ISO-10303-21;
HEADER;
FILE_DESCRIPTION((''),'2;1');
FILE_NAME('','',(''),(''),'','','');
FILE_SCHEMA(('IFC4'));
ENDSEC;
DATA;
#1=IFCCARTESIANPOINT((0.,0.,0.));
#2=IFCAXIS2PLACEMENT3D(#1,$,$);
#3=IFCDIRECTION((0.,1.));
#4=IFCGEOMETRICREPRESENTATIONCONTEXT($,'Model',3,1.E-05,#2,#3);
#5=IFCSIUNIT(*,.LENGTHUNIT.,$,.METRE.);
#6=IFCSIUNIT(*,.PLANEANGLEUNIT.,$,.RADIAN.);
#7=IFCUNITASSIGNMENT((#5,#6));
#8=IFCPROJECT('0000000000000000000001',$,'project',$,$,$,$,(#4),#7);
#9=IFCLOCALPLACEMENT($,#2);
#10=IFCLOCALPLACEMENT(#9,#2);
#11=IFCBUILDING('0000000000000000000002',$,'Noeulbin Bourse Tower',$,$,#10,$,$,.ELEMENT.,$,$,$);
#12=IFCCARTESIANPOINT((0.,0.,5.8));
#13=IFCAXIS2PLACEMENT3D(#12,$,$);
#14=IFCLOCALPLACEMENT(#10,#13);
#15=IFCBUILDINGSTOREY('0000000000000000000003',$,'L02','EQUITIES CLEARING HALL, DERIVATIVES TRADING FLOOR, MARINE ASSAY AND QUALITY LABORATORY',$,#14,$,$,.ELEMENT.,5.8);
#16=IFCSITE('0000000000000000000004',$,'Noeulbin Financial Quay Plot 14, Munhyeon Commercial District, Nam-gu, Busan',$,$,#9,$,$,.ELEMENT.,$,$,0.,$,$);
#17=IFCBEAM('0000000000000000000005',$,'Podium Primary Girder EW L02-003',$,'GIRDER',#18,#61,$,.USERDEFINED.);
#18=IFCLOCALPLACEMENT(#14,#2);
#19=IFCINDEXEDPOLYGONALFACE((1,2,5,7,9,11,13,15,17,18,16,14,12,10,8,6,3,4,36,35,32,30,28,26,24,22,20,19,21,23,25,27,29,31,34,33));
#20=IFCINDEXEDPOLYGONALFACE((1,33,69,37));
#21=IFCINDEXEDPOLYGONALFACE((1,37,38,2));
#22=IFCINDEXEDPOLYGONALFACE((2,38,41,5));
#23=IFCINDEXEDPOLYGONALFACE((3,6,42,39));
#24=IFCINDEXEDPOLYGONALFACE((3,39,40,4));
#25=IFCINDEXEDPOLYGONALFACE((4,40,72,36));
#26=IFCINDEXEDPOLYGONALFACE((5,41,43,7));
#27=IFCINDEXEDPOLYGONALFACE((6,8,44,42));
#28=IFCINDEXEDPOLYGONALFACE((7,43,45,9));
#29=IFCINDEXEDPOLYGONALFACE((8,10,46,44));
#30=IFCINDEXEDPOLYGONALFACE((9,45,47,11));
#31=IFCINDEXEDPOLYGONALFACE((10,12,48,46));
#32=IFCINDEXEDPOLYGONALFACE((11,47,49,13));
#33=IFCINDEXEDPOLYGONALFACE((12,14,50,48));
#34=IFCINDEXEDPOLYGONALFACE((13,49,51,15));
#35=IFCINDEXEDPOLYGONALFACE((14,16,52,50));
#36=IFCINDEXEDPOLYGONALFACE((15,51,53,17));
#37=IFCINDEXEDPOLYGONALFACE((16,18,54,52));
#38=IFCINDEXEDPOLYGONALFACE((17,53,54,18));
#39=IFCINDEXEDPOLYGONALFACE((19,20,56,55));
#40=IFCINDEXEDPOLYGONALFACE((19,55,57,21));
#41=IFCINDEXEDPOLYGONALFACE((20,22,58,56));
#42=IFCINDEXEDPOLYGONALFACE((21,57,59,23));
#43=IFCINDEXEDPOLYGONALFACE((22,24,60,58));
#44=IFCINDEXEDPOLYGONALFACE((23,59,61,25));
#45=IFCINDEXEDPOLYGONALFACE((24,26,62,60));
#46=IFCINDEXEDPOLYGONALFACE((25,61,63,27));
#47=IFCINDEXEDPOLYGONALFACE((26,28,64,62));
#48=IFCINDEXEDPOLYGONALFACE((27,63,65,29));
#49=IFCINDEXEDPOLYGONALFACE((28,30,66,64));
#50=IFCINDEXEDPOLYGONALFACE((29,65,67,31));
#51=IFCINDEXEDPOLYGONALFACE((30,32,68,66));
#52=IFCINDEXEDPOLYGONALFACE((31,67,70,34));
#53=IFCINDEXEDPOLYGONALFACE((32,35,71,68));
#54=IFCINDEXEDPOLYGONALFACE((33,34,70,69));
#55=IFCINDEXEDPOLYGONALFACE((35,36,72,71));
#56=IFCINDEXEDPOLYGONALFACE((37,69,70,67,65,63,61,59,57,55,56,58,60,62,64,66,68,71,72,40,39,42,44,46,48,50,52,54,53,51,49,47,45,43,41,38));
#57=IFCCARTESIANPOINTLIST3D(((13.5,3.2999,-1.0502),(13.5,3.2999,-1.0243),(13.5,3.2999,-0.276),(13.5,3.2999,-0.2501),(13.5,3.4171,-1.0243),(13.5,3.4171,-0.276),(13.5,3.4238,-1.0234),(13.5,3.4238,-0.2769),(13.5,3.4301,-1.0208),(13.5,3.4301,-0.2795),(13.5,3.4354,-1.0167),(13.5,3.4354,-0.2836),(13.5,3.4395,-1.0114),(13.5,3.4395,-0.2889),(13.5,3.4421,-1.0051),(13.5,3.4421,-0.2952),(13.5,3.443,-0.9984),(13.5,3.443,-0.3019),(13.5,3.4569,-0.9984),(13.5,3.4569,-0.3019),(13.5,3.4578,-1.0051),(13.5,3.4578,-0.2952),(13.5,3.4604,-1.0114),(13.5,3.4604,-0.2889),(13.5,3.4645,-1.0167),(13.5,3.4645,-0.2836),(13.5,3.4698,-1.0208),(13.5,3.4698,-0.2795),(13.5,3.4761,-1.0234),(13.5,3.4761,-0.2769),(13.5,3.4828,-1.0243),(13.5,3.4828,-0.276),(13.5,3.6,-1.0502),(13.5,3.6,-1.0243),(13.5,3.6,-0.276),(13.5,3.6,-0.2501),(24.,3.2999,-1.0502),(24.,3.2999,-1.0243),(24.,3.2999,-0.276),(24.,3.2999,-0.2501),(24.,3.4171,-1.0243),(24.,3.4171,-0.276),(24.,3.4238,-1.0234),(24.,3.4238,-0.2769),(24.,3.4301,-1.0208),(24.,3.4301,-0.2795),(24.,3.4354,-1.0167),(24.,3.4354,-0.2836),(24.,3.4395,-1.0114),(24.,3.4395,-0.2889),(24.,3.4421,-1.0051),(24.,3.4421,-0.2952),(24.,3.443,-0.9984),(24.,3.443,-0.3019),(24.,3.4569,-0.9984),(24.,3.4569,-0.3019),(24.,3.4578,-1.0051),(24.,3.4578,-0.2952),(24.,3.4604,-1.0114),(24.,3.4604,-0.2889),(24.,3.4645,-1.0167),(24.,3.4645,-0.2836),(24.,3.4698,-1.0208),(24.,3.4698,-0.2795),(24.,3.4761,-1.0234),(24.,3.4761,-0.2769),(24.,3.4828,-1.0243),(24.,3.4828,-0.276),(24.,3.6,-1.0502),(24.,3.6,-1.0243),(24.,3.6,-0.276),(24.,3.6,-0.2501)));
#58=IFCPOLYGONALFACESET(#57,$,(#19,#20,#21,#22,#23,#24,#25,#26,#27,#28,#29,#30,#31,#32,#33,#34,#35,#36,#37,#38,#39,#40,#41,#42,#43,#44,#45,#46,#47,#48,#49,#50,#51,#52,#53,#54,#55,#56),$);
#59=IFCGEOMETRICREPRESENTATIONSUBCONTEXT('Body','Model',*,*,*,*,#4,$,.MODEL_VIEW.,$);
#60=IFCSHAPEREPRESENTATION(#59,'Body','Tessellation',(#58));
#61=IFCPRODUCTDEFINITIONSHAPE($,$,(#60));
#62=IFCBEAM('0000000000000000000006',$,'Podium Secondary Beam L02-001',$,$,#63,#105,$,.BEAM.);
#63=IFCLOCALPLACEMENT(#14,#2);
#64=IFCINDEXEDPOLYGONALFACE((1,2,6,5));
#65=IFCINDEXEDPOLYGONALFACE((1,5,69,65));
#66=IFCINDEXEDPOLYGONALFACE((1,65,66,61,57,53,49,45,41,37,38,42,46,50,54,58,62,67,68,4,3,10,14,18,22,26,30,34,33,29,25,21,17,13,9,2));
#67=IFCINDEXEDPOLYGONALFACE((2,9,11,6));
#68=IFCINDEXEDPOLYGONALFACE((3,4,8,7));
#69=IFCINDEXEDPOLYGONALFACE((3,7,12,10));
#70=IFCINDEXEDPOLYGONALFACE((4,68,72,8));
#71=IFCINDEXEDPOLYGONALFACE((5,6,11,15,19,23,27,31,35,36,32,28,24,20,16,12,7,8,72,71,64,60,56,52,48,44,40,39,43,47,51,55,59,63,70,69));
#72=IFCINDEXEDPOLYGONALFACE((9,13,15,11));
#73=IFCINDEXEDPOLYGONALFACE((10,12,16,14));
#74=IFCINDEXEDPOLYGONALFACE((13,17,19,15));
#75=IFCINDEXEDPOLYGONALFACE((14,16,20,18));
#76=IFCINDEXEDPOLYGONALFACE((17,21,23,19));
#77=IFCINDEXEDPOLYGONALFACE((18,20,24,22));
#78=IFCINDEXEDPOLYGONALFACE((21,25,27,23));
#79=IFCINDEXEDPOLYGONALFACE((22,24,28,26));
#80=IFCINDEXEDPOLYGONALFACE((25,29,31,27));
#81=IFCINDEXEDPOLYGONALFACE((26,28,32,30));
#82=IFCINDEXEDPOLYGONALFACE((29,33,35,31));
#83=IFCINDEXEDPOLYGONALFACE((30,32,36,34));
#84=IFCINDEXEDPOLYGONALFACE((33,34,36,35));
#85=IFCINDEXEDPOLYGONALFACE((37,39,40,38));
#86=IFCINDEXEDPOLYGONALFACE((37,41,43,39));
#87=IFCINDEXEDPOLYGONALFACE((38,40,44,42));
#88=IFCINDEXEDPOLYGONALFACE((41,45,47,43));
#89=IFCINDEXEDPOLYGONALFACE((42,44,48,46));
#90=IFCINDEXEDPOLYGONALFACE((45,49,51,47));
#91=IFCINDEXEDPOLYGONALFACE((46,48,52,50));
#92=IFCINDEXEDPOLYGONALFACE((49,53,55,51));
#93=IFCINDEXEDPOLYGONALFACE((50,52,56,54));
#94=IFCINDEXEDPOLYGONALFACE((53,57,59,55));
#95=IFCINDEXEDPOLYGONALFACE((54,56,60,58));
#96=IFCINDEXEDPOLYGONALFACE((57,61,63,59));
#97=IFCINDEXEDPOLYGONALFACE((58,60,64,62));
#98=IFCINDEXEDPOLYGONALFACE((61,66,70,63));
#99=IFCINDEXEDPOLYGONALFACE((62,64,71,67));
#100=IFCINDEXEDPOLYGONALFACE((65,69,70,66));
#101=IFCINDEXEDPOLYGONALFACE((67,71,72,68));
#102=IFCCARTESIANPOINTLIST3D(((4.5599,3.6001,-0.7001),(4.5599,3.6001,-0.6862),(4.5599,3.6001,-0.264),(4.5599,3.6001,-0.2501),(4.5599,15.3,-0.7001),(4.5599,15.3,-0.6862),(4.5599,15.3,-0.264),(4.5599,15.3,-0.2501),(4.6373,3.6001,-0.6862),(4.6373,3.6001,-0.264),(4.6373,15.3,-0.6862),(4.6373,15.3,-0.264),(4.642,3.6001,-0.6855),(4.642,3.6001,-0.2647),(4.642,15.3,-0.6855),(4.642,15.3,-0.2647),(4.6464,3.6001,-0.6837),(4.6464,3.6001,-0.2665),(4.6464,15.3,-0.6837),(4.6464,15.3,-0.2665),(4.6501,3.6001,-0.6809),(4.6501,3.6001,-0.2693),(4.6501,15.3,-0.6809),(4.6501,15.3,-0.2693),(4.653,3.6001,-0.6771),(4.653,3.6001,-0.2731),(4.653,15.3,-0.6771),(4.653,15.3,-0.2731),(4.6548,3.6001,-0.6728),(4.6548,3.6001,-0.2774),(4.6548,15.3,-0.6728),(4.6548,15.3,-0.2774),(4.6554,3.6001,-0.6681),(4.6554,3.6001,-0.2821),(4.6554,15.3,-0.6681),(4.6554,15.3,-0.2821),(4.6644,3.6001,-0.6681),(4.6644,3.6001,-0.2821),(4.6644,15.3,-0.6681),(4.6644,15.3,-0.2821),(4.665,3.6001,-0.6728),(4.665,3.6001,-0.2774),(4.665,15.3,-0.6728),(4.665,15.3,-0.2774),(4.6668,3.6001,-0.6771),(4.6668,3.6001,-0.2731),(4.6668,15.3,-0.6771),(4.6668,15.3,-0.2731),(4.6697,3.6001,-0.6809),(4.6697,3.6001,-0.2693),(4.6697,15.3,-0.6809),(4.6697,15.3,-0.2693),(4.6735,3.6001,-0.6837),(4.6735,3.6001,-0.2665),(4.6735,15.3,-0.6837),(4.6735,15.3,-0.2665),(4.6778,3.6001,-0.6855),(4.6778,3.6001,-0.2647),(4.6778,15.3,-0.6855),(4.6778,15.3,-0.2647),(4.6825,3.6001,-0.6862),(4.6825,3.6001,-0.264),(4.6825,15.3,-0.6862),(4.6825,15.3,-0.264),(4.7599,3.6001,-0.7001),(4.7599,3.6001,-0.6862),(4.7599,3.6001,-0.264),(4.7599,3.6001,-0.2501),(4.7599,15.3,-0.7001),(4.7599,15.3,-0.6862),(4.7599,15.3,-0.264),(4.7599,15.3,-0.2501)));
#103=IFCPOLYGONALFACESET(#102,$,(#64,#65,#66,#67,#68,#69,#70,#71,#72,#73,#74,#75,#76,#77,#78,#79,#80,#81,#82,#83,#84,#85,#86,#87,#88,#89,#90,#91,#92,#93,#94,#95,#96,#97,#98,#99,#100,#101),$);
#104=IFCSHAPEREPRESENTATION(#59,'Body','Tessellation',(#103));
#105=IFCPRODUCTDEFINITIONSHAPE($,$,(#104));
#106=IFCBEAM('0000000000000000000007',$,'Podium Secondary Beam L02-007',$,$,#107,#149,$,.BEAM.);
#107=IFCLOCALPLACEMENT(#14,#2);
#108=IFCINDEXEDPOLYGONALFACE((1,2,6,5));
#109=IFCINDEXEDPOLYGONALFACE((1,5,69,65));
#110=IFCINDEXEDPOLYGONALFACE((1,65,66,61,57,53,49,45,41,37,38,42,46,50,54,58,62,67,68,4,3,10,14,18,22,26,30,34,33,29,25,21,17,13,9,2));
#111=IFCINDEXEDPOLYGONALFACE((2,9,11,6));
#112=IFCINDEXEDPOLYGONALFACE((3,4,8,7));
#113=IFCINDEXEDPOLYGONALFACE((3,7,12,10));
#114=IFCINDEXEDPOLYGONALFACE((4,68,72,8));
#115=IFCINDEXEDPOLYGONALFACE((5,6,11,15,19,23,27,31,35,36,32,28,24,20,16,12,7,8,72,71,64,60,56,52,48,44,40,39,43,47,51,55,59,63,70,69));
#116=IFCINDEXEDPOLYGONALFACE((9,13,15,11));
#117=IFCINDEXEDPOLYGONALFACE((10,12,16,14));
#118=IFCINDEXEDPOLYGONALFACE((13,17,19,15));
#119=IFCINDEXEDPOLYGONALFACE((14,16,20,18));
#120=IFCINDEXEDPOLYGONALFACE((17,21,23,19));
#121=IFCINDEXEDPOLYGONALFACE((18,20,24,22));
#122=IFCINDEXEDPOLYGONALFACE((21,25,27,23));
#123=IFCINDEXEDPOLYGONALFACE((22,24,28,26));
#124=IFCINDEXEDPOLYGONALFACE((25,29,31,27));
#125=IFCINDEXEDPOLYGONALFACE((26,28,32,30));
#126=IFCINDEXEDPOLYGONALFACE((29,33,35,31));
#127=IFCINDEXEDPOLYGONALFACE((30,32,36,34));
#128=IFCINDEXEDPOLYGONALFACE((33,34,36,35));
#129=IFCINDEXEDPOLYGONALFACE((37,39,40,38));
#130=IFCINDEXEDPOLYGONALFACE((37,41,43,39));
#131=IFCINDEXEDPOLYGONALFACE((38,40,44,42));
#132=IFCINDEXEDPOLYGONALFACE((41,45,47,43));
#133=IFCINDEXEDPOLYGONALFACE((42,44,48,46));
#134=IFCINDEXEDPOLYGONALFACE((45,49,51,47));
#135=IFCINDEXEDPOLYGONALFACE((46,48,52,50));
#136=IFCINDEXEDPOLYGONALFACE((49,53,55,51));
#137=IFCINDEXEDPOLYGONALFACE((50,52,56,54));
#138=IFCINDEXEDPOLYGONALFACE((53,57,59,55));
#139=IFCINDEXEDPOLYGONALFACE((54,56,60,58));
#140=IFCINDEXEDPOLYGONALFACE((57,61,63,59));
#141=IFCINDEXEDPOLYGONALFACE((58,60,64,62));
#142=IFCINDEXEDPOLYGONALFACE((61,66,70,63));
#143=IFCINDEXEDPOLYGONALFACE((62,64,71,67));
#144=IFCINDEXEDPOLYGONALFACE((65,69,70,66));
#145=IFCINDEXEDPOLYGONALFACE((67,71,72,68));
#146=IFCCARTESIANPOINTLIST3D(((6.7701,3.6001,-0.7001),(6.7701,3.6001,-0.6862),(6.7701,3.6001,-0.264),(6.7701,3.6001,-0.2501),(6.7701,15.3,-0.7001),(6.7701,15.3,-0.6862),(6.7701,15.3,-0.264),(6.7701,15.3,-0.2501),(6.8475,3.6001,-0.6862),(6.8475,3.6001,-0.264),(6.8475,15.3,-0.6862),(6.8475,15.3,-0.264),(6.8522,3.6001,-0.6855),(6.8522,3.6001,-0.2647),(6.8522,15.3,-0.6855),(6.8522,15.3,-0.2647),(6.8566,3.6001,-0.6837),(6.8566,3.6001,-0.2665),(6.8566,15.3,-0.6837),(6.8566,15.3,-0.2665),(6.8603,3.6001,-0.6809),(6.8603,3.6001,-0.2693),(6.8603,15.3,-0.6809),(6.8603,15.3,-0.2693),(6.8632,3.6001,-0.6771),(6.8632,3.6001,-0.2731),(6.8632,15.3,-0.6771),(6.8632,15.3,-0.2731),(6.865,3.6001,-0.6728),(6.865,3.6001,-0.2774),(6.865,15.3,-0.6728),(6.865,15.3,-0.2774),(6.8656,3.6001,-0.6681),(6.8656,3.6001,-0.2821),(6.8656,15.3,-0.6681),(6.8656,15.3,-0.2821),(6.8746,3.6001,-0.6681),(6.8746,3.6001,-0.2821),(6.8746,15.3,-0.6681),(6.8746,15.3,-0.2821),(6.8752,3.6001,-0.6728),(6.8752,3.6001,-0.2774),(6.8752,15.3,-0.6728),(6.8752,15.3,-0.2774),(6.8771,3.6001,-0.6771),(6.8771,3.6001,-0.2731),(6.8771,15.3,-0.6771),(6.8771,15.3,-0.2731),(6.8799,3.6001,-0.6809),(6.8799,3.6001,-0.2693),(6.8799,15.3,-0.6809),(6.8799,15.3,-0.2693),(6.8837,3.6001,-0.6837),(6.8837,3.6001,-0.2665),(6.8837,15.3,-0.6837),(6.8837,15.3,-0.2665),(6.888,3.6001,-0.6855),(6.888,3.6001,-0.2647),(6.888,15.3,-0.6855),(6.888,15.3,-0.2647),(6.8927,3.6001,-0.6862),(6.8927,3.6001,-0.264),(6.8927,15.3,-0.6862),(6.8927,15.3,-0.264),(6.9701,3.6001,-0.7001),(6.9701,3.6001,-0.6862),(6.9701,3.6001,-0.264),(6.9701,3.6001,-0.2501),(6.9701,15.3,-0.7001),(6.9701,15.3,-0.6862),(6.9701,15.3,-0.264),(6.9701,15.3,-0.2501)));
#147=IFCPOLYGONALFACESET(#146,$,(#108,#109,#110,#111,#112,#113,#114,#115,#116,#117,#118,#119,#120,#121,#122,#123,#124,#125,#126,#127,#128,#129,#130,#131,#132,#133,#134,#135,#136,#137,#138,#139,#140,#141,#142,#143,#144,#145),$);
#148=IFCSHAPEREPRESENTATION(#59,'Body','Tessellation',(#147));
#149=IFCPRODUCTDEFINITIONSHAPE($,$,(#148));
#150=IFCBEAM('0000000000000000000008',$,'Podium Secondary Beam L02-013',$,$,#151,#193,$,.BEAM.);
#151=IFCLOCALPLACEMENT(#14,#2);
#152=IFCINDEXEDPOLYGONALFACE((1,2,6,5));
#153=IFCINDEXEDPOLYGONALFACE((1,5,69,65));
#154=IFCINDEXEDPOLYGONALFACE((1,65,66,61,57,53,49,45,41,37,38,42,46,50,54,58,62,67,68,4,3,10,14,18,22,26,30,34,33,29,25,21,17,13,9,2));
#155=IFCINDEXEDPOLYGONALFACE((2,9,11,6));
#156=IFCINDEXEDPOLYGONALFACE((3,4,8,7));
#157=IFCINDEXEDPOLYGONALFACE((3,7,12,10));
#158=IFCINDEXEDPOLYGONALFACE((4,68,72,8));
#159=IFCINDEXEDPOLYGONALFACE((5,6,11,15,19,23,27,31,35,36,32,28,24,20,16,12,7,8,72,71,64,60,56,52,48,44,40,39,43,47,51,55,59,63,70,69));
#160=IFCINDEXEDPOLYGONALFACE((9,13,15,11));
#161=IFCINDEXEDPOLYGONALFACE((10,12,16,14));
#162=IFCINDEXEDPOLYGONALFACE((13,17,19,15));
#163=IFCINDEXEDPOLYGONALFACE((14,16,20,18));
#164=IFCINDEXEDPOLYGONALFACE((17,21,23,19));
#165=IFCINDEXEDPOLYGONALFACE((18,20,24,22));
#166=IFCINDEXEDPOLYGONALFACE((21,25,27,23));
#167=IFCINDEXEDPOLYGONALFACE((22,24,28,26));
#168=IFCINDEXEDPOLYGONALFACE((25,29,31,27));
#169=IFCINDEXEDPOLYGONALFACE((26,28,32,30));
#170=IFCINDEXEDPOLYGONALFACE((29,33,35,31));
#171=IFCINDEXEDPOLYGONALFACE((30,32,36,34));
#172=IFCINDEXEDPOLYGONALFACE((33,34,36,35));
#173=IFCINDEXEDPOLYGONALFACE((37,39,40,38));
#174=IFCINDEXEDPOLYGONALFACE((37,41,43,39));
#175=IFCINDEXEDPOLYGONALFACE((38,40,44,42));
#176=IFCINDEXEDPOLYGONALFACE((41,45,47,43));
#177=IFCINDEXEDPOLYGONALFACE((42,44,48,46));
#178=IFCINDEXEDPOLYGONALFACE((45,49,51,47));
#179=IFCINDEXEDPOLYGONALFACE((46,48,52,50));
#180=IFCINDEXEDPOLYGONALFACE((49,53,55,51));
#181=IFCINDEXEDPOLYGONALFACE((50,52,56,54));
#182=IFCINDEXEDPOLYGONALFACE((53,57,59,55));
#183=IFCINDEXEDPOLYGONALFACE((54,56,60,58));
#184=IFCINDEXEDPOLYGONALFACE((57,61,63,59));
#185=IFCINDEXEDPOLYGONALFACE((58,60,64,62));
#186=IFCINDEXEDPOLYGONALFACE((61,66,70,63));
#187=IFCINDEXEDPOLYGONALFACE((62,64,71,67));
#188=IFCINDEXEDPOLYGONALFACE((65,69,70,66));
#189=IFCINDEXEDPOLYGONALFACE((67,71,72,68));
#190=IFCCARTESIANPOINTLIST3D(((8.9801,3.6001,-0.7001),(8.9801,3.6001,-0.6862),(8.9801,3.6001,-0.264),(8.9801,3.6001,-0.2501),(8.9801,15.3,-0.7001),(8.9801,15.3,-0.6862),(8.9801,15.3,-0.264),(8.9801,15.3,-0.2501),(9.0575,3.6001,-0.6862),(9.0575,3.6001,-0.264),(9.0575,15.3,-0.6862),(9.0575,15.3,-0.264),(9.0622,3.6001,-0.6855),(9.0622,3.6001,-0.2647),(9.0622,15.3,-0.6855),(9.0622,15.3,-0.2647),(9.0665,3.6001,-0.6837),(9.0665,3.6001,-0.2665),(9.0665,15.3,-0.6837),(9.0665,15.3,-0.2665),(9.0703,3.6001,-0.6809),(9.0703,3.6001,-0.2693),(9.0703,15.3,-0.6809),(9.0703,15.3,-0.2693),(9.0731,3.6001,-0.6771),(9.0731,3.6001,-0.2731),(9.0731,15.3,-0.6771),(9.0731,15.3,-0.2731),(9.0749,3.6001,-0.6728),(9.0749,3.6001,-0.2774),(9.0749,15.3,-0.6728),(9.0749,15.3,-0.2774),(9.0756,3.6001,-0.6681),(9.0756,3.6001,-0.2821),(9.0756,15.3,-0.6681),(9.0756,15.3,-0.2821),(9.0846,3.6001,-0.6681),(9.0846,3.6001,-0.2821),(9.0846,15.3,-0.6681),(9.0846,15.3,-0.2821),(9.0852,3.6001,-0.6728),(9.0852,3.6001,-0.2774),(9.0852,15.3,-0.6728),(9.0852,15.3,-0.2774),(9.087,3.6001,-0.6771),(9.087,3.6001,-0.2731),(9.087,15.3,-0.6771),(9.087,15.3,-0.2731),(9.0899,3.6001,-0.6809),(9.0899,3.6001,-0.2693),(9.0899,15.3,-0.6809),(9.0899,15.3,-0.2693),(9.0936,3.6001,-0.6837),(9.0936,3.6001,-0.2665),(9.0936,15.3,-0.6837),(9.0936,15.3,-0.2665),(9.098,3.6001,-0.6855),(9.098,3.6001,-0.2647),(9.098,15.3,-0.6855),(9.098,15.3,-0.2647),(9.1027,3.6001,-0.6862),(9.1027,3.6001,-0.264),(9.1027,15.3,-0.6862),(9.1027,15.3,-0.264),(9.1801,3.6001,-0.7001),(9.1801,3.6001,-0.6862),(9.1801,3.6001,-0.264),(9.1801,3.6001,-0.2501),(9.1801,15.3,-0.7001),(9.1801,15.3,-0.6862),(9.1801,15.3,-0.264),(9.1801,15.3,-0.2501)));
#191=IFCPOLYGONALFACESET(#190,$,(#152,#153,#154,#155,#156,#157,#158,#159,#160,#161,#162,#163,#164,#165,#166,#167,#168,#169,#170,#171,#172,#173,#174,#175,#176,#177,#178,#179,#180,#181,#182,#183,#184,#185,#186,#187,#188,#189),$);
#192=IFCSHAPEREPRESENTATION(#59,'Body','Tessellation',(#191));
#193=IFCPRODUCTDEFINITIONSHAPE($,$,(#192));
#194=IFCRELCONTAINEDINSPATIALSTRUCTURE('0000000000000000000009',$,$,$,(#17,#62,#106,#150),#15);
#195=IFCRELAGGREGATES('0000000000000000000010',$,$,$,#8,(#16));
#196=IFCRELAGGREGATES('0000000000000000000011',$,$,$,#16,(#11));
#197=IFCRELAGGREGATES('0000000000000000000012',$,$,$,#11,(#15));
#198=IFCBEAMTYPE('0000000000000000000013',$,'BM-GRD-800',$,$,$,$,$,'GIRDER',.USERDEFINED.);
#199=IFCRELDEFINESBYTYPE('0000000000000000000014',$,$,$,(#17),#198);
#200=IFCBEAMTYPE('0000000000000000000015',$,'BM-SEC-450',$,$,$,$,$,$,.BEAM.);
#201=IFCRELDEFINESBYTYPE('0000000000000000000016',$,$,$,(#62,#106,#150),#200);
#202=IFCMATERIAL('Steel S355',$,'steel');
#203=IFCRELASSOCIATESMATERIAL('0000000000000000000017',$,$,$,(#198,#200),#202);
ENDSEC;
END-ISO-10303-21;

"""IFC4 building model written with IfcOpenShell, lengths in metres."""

from ifc_helpers import new_model, si_unit, direction, frame, origin, origin_2d, place, context, subcontext, project, spatial, i_section, extrude, material, material_profile, profile_set, type_object, element, save


model = new_model("IFC4")

# Units and contexts
model_context = context("Model", 3, precision=1e-05, world=origin(), true_north=direction((0.0, 1.0)))
body_context = subcontext(model_context, "Body", "Model", "MODEL_VIEW")
ifc_project = project(units=[si_unit("LENGTHUNIT", "METRE"), si_unit("PLANEANGLEUNIT", "RADIAN")], contexts=[model_context])

# Site, building, storey
site_placement = place(None, origin())
site = spatial("IfcSite", under=ifc_project, at=site_placement, Name="Noeulbin Financial Quay Plot 14, Munhyeon Commercial District, Nam-gu, Busan", CompositionType="ELEMENT", RefElevation=0.0)
building_placement = place(site_placement, origin())
building = spatial("IfcBuilding", under=site, at=building_placement, Name="Noeulbin Bourse Tower", CompositionType="ELEMENT")
storey_placement = place(building_placement, frame((0.0, 0.0, 5.8)))
storey = spatial("IfcBuildingStorey", under=building, at=storey_placement, Name="L02", Description="EQUITIES CLEARING HALL, DERIVATIVES TRADING FLOOR, MARINE ASSAY AND QUALITY LABORATORY", CompositionType="ELEMENT", Elevation=5.8)

# Beams
ifc_material_1 = material(Name="Steel S355", Category="steel")
ifc_material_profile_1 = material_profile(ifc_material_1, i_section(OverallWidth=0.3, OverallDepth=0.8, WebThickness=0.0139, FlangeThickness=0.0259, FilletRadius=0.0259, at=origin_2d()), Name="H-800x300x14x26", Category="LoadBearing")
ifc_profile_set_1 = profile_set([ifc_material_profile_1], Name="Steel S355")
beam_type_1 = type_object("IfcBeamType", Name="BM-GRD-800", ElementType="GIRDER", PredefinedType="USERDEFINED", material=ifc_profile_set_1)
beam_1_placement = place(storey_placement, frame((13.5, 3.45, -0.6501), z_axis=(1.0, 0.0, 0.0), x_axis=(0.0, 1.0, 0.0)))
element("IfcBeam", 1, at=beam_1_placement, inside=storey, type_object=beam_type_1, Name="Podium Primary Girder EW L02-003", ObjectType="GIRDER", PredefinedType="USERDEFINED", context=body_context, shape_type="SweptSolid", body=[
    extrude(i_section(OverallWidth=0.3, OverallDepth=0.8, WebThickness=0.0139, FlangeThickness=0.0259, FilletRadius=0.0259, at=origin_2d()), origin(), (0.0, 0.0, 1.0), 10.5),
])
ifc_material_profile_2 = material_profile(ifc_material_1, i_section(OverallWidth=0.2, OverallDepth=0.45, WebThickness=0.009, FlangeThickness=0.0139, FilletRadius=0.0181, at=origin_2d()), Name="H-450x200x9x14", Category="LoadBearing")
ifc_profile_set_2 = profile_set([ifc_material_profile_2], Name="Steel S355")
beam_type_2 = type_object("IfcBeamType", Name="BM-SEC-450", PredefinedType="BEAM", material=ifc_profile_set_2)
for number, where, z_axis, x_axis, name in (
    (2, (4.6599, 3.6001, -0.4751), (0.0, 1.0, 0.0), (-1.0, 0.0, 0.0), "Podium Secondary Beam L02-001"),
    (3, (6.8701, 3.6001, -0.4751), (0.0, 1.0, 0.0), (-1.0, 0.0, 0.0), "Podium Secondary Beam L02-007"),
    (4, (9.0801, 3.6001, -0.4751), (0.0, 1.0, 0.0), (-1.0, 0.0, 0.0), "Podium Secondary Beam L02-013"),
):
    element("IfcBeam", number, at=place(storey_placement, frame(where, z_axis=z_axis, x_axis=x_axis)), inside=storey, type_object=beam_type_2, Name=name, PredefinedType="BEAM", context=body_context, shape_type="SweptSolid", body=[
        extrude(i_section(OverallWidth=0.2, OverallDepth=0.45, WebThickness=0.009, FlangeThickness=0.0139, FilletRadius=0.0181, at=origin_2d()), origin(), (0.0, 0.0, 1.0), 11.7),
    ])

save(model, "model.ifc")
